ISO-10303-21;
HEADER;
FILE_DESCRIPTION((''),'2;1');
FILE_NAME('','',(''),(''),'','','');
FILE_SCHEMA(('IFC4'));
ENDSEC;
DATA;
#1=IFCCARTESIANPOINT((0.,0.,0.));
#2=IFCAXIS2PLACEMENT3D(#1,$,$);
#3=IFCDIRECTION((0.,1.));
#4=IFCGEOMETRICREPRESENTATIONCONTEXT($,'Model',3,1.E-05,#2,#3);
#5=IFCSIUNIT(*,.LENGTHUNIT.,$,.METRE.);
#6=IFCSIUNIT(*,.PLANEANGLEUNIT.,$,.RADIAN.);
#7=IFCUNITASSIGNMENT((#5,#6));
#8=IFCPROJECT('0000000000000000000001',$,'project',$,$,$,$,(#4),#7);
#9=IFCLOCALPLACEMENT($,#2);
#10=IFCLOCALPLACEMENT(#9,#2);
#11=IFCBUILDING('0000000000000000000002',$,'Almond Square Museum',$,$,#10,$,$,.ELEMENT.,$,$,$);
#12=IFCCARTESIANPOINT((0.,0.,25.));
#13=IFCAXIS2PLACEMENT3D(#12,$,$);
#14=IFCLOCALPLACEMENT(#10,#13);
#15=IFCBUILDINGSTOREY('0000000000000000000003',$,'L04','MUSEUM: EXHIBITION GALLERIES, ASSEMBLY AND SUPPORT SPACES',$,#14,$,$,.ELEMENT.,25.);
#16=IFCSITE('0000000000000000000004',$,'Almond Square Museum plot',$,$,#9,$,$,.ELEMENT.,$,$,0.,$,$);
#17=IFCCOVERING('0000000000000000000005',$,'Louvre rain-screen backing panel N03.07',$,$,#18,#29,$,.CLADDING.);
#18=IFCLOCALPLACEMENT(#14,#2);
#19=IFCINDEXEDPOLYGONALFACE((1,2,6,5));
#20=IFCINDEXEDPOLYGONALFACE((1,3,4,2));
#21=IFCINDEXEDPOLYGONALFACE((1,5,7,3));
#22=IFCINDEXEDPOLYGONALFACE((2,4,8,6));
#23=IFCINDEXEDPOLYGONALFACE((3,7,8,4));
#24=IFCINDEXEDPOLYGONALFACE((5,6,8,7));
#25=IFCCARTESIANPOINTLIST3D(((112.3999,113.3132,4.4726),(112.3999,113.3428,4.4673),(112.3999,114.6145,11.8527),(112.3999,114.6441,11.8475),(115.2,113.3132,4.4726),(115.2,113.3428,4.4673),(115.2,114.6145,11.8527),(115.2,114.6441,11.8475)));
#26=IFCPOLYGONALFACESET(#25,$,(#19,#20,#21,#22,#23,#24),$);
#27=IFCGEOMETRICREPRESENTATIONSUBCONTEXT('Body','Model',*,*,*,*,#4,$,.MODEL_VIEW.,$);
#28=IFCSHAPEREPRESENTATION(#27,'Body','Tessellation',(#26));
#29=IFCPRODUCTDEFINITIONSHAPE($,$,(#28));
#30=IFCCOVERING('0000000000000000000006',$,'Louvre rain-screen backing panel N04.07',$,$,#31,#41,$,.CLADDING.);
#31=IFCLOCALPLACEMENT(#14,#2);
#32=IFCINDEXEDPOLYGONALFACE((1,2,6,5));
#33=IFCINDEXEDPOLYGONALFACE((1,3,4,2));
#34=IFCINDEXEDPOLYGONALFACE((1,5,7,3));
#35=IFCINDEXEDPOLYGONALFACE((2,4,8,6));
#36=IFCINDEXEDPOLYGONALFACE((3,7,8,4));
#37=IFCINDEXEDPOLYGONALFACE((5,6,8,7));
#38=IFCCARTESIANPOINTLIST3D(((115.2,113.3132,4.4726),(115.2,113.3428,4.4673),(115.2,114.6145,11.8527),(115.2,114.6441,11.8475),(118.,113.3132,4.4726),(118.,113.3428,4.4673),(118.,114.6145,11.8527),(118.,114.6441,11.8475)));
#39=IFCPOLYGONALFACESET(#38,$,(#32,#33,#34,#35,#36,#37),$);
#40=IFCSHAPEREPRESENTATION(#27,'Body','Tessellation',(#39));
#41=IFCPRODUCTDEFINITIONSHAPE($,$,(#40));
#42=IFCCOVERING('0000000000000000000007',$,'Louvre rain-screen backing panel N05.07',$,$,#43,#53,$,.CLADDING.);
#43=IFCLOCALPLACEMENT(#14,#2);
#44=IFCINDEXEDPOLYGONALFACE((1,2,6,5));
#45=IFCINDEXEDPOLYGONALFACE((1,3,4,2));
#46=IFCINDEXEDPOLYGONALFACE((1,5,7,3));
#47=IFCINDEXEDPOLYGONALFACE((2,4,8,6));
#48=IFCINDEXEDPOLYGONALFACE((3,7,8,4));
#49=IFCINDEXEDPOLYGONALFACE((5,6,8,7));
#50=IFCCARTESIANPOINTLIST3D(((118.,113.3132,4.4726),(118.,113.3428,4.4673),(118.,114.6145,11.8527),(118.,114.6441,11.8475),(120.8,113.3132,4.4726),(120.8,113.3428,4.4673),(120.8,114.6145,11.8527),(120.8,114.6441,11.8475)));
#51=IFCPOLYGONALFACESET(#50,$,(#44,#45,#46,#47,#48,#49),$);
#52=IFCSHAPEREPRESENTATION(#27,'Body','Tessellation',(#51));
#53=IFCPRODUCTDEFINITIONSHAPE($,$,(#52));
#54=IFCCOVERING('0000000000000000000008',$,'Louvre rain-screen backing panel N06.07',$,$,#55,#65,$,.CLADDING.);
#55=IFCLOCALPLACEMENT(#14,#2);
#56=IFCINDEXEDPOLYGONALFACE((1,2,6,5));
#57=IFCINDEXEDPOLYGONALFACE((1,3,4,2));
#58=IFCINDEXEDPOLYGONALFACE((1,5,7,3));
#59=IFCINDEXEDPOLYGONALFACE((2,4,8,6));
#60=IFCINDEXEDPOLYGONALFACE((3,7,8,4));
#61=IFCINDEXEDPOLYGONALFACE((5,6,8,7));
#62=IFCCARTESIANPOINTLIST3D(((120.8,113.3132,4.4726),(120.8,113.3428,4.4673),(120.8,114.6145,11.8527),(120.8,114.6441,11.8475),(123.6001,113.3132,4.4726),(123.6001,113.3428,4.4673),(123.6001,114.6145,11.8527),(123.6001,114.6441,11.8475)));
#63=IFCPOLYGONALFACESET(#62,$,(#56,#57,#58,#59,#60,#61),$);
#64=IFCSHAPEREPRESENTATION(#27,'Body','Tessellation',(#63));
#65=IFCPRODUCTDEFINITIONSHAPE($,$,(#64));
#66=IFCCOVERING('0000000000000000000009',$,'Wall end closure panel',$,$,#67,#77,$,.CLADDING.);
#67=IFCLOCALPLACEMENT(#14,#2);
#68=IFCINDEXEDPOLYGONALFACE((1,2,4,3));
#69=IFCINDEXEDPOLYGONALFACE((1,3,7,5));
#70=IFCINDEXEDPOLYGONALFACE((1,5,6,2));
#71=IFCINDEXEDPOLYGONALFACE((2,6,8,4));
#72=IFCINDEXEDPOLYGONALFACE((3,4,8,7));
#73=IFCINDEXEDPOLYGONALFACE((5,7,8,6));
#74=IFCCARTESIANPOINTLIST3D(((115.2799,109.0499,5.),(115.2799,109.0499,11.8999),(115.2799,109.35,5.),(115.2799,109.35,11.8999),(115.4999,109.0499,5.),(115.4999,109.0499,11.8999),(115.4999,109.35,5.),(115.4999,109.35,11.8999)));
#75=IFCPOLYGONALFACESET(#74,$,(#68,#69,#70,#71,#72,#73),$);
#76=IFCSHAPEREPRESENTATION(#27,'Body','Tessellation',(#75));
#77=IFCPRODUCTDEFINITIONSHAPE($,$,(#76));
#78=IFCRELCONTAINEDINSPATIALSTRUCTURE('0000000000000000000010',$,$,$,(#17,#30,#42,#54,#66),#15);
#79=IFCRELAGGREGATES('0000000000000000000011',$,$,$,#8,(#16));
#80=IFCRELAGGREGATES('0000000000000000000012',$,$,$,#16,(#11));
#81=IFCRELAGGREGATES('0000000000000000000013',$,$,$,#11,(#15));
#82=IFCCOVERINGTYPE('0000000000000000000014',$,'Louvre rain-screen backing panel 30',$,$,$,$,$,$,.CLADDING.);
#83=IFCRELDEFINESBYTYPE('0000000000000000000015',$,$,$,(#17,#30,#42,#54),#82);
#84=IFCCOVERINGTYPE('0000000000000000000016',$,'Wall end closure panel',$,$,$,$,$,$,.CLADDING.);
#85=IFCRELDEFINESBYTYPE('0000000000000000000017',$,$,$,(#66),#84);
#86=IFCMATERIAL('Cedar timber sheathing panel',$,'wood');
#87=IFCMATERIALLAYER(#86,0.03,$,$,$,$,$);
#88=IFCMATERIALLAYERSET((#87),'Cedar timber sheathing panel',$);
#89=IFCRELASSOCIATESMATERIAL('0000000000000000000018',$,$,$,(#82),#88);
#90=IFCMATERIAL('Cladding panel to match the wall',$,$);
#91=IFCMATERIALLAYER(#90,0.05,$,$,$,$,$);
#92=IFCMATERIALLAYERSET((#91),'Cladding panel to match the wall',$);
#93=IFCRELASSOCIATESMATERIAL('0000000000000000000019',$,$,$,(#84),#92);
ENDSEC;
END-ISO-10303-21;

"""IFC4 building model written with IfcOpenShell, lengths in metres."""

from ifc_helpers import new_model, si_unit, direction, frame, origin, origin_2d, place, context, subcontext, project, spatial, polyline, rectangle, outline, extrude, material, layer, layer_set, type_object, element, save


model = new_model("IFC4")

# Units and contexts
model_context = context("Model", 3, precision=1e-05, world=origin(), true_north=direction((0.0, 1.0)))
body_context = subcontext(model_context, "Body", "Model", "MODEL_VIEW")
ifc_project = project(units=[si_unit("LENGTHUNIT", "METRE"), si_unit("PLANEANGLEUNIT", "RADIAN")], contexts=[model_context])

# Site, building, storey
site_placement = place(None, origin())
site = spatial("IfcSite", under=ifc_project, at=site_placement, Name="Almond Square Museum plot", CompositionType="ELEMENT", RefElevation=0.0)
building_placement = place(site_placement, origin())
building = spatial("IfcBuilding", under=site, at=building_placement, Name="Almond Square Museum", CompositionType="ELEMENT")
storey_placement = place(building_placement, frame((0.0, 0.0, 25.0)))
storey = spatial("IfcBuildingStorey", under=building, at=storey_placement, Name="L04", Description="MUSEUM: EXHIBITION GALLERIES, ASSEMBLY AND SUPPORT SPACES", CompositionType="ELEMENT", Elevation=25.0)

# Coverings
ifc_material_1 = material(Name="Cedar timber sheathing panel", Category="wood")
ifc_layer_1 = layer(ifc_material_1, 0.03)
ifc_layer_set_1 = layer_set([ifc_layer_1], Name="Cedar timber sheathing panel")
covering_type_1 = type_object("IfcCoveringType", Name="Louvre rain-screen backing panel 30", PredefinedType="CLADDING", material=ifc_layer_set_1)
for number, where, z_axis, x_axis, name in (
    (1, (112.3999, 113.3279, 4.47), (0.0, -0.984809, 0.173642), (1.0, 0.0, 0.0), "Louvre rain-screen backing panel N03.07"),
    (2, (115.2, 113.3279, 4.47), (0.0, -0.984809, 0.173642), (1.0, 0.0, 0.0), "Louvre rain-screen backing panel N04.07"),
    (3, (118.0, 113.3279, 4.47), (0.0, -0.984809, 0.173642), (1.0, 0.0, 0.0), "Louvre rain-screen backing panel N05.07"),
    (4, (120.8, 113.3279, 4.47), (0.0, -0.984809, 0.173642), (1.0, 0.0, 0.0), "Louvre rain-screen backing panel N06.07"),
):
    element("IfcCovering", number, at=place(storey_placement, frame(where, z_axis=z_axis, x_axis=x_axis)), inside=storey, type_object=covering_type_1, Name=name, PredefinedType="CLADDING", context=body_context, shape_type="SweptSolid", body=[
        extrude(outline(polyline([(0.0, 0.0), (2.8, 0.0), (2.8, 7.494), (0.0, 7.494), (0.0, 0.0)])), frame((0.0, 0.0, -0.0151)), (0.0, 0.0, 1.0), 0.03),
    ])
ifc_material_2 = material(Name="Cladding panel to match the wall")
ifc_layer_2 = layer(ifc_material_2, 0.05)
ifc_layer_set_2 = layer_set([ifc_layer_2], Name="Cladding panel to match the wall")
covering_type_2 = type_object("IfcCoveringType", Name="Wall end closure panel", PredefinedType="CLADDING", material=ifc_layer_set_2)
covering_1_placement = place(storey_placement, frame((115.3899, 109.2, 5.0), z_axis=(0.0, 0.0, 1.0), x_axis=(1.0, 0.0, 0.0)))
element("IfcCovering", 5, at=covering_1_placement, inside=storey, type_object=covering_type_2, Name="Wall end closure panel", PredefinedType="CLADDING", context=body_context, shape_type="SweptSolid", body=[
    extrude(rectangle(XDim=0.22, YDim=0.3, at=origin_2d()), origin(), (0.0, 0.0, 1.0), 6.8999),
])

save(model, "model.ifc")
